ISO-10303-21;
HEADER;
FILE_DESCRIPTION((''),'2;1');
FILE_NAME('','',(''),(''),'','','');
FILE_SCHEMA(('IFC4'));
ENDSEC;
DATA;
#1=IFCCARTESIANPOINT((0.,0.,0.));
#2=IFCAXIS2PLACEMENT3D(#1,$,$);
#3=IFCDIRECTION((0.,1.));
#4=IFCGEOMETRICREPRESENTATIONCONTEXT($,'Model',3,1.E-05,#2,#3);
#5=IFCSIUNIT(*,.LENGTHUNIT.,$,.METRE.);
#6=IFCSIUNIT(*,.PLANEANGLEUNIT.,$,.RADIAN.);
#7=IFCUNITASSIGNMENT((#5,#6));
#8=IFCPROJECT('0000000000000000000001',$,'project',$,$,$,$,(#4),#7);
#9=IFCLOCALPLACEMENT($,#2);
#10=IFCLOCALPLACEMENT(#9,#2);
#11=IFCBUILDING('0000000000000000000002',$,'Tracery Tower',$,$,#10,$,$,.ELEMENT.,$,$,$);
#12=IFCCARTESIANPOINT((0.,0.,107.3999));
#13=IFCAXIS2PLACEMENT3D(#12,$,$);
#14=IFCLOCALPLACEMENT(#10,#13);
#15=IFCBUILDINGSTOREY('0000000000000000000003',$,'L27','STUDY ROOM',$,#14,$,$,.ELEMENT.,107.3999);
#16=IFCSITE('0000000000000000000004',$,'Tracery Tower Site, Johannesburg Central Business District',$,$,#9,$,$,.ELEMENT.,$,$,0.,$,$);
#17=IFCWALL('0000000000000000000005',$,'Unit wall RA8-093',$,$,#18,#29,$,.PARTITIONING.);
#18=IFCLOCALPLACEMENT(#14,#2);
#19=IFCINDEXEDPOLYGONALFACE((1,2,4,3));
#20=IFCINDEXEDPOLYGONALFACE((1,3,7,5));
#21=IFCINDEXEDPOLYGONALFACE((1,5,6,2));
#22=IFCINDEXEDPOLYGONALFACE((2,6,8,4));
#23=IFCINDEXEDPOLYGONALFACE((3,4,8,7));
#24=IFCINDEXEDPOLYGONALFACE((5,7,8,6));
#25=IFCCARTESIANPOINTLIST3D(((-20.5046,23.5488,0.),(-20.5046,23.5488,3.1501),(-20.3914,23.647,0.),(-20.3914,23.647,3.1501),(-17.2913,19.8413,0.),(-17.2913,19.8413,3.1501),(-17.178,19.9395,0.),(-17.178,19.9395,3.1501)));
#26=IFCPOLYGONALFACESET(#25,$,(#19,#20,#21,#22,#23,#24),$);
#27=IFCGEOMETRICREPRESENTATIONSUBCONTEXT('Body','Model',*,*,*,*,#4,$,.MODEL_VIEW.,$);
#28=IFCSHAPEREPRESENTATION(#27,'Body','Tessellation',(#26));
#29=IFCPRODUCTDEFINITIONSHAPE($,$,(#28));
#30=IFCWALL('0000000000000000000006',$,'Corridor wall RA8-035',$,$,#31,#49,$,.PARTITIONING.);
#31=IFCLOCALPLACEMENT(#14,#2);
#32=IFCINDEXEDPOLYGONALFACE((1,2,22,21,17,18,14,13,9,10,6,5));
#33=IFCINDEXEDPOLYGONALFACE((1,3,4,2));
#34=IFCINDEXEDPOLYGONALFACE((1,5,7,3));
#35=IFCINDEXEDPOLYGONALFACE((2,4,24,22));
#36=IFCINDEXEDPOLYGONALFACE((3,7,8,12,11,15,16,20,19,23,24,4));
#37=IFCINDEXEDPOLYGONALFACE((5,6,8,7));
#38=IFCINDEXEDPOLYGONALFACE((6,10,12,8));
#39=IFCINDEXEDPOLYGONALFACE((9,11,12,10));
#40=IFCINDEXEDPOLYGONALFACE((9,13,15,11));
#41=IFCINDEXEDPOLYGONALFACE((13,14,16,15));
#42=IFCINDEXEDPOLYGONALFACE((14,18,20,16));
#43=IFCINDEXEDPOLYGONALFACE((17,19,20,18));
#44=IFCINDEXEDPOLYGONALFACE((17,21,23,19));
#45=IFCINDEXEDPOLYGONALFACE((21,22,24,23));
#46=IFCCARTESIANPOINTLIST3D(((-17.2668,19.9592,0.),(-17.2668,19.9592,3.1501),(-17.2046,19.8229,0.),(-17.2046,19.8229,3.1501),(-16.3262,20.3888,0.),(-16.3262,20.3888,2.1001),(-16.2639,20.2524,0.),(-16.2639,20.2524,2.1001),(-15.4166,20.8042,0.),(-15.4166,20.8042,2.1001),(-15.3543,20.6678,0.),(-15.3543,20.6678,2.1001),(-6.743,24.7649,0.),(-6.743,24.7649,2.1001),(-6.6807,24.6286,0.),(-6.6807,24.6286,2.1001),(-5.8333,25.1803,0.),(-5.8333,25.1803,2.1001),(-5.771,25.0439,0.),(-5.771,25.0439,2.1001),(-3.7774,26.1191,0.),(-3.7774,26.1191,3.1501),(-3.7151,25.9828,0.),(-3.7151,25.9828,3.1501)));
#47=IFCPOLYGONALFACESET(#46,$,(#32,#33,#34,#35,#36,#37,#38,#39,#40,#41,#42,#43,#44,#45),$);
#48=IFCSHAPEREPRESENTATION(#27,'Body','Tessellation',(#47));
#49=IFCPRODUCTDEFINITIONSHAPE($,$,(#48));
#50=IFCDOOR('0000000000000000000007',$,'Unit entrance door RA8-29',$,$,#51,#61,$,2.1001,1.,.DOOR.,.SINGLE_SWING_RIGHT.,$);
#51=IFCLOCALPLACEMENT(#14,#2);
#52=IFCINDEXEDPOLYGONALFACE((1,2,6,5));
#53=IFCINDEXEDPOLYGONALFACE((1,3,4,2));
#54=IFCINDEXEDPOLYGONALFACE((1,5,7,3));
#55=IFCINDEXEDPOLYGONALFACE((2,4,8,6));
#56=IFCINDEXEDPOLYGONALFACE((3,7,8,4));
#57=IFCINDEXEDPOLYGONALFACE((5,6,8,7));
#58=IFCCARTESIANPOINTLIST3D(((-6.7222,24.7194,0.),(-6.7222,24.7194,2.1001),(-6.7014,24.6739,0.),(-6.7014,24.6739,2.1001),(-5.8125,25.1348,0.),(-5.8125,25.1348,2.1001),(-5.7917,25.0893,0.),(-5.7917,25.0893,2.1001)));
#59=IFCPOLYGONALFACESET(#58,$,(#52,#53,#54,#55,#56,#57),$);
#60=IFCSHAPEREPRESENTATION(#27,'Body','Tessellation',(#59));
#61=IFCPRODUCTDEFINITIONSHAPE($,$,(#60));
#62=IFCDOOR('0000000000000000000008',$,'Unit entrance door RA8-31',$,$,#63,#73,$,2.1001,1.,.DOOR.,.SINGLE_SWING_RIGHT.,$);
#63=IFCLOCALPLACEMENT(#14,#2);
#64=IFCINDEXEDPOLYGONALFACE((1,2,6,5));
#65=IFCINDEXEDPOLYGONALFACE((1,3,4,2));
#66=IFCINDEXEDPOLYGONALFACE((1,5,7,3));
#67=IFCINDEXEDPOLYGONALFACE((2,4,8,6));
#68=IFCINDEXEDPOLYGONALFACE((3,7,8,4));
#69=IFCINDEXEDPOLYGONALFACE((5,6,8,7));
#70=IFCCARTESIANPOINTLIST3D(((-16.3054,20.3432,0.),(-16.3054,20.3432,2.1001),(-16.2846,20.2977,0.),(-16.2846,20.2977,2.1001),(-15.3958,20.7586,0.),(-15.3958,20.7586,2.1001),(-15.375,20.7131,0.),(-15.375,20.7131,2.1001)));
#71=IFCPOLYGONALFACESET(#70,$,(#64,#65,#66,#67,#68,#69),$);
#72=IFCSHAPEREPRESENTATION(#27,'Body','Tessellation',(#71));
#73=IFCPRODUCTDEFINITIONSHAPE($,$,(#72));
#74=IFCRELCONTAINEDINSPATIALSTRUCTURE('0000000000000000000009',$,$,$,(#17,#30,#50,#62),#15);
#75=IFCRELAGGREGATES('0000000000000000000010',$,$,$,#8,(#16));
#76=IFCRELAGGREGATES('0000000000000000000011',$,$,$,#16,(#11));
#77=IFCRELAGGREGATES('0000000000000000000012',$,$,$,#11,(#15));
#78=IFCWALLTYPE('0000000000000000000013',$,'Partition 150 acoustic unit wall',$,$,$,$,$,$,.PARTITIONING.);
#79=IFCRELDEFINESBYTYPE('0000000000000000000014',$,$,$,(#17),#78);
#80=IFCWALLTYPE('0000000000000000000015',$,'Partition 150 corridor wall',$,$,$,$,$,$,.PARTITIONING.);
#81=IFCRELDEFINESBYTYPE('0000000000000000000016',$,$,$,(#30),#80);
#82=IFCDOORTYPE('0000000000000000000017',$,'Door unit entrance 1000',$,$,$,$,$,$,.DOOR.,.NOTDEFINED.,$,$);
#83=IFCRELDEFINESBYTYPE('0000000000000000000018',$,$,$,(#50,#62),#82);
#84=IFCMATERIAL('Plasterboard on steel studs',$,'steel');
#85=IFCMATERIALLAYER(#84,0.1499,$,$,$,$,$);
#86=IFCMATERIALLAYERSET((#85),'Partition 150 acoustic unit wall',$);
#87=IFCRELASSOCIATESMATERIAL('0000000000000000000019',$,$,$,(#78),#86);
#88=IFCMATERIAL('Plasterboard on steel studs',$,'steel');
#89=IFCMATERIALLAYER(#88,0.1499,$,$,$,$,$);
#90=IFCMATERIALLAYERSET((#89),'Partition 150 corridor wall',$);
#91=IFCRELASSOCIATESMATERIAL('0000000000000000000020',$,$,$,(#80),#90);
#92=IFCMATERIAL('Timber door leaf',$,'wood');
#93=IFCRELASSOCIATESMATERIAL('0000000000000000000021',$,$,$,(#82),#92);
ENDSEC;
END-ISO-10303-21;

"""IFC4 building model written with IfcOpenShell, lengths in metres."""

from ifc_helpers import new_model, si_unit, direction, frame, frame_2d, origin, place, context, subcontext, project, spatial, rectangle, extrude, material, layer, layer_set, type_object, element, fill, save


model = new_model("IFC4")

# Units and contexts
model_context = context("Model", 3, precision=1e-05, world=origin(), true_north=direction((0.0, 1.0)))
body_context = subcontext(model_context, "Body", "Model", "MODEL_VIEW")
ifc_project = project(units=[si_unit("LENGTHUNIT", "METRE"), si_unit("PLANEANGLEUNIT", "RADIAN")], contexts=[model_context])

# Site, building, storey
site_placement = place(None, origin())
site = spatial("IfcSite", under=ifc_project, at=site_placement, Name="Tracery Tower Site, Johannesburg Central Business District", CompositionType="ELEMENT", RefElevation=0.0)
building_placement = place(site_placement, origin())
building = spatial("IfcBuilding", under=site, at=building_placement, Name="Tracery Tower", CompositionType="ELEMENT")
storey_placement = place(building_placement, frame((0.0, 0.0, 107.3999)))
storey = spatial("IfcBuildingStorey", under=building, at=storey_placement, Name="L27", Description="STUDY ROOM", CompositionType="ELEMENT", Elevation=107.3999)

# Wall
ifc_material_1 = material(Name="Plasterboard on steel studs", Category="steel")
ifc_layer_1 = layer(ifc_material_1, 0.1499)
ifc_layer_set_1 = layer_set([ifc_layer_1], Name="Partition 150 acoustic unit wall")
wall_type_1 = type_object("IfcWallType", Name="Partition 150 acoustic unit wall", PredefinedType="PARTITIONING", material=ifc_layer_set_1)
wall_1_placement = place(storey_placement, frame((-20.448, 23.5979, 0.0), z_axis=(0.0, 0.0, 1.0), x_axis=(0.654953, -0.755669, 0.0)))
element("IfcWall", 1, at=wall_1_placement, inside=storey, type_object=wall_type_1, Name="Unit wall RA8-093", PredefinedType="PARTITIONING", context=body_context, shape_type="SweptSolid", body=[
    extrude(rectangle(XDim=4.9062, YDim=0.1499, at=frame_2d((2.4531, 0.0))), origin(), (0.0, 0.0, 1.0), 3.1501),
])

# Wall, openings, doors
ifc_material_2 = material(Name="Plasterboard on steel studs", Category="steel")
ifc_layer_2 = layer(ifc_material_2, 0.1499)
ifc_layer_set_2 = layer_set([ifc_layer_2], Name="Partition 150 corridor wall")
wall_type_2 = type_object("IfcWallType", Name="Partition 150 corridor wall", PredefinedType="PARTITIONING", material=ifc_layer_set_2)
wall_2_placement = place(storey_placement, frame((-17.2356, 19.8911, 0.0), z_axis=(0.0, 0.0, 1.0), x_axis=(0.909646, 0.415385, 0.0)))
wall_2 = element("IfcWall", 2, at=wall_2_placement, inside=storey, type_object=wall_type_2, Name="Corridor wall RA8-035", PredefinedType="PARTITIONING", context=body_context, shape_type="SweptSolid", body=[
    extrude(rectangle(XDim=14.8293, YDim=0.1499, at=frame_2d((7.4146, 0.0))), origin(), (0.0, 0.0, 1.0), 3.1501),
])
opening_1_placement = place(wall_2_placement, frame((11.5691, 0.0, 0.0)))
opening_1 = element("IfcOpeningElement", 3, at=opening_1_placement, cuts=wall_2, PredefinedType="OPENING", context=body_context, shape_type="SweptSolid", body=[
    extrude(rectangle(XDim=1.0, YDim=2.1001, at=frame_2d((0.5, 1.05))), frame((0.0, 0.075, 0.0), z_axis=(0.0, -1.0, 0.0), x_axis=(1.0, 0.0, 0.0)), (0.0, 0.0, 1.0), 0.1499),
])
opening_2_placement = place(wall_2_placement, frame((1.0339, 0.0, 0.0)))
opening_2 = element("IfcOpeningElement", 4, at=opening_2_placement, cuts=wall_2, PredefinedType="OPENING", context=body_context, shape_type="SweptSolid", body=[
    extrude(rectangle(XDim=1.0, YDim=2.1001, at=frame_2d((0.5, 1.05))), frame((0.0, 0.075, 0.0), z_axis=(0.0, -1.0, 0.0), x_axis=(1.0, 0.0, 0.0)), (0.0, 0.0, 1.0), 0.1499),
])
ifc_material_3 = material(Name="Timber door leaf", Category="wood")
door_type_1 = type_object("IfcDoorType", Name="Door unit entrance 1000", OperationType="NOTDEFINED", PredefinedType="DOOR", material=ifc_material_3)
door_1_placement = place(opening_1_placement, origin())
door_1 = element("IfcDoor", 5, at=door_1_placement, inside=storey, type_object=door_type_1, Name="Unit entrance door RA8-29", OperationType="SINGLE_SWING_RIGHT", OverallHeight=2.1001, OverallWidth=1.0, PredefinedType="DOOR", context=body_context, shape_type="SweptSolid", body=[
    extrude(rectangle(XDim=1.0, YDim=2.1001, at=frame_2d((0.5, 1.05))), frame((0.0, 0.0249, 0.0), z_axis=(0.0, -1.0, 0.0), x_axis=(1.0, 0.0, 0.0)), (0.0, 0.0, 1.0), 0.05),
])
fill(opening_1, door_1)
door_2_placement = place(opening_2_placement, origin())
door_2 = element("IfcDoor", 6, at=door_2_placement, inside=storey, type_object=door_type_1, Name="Unit entrance door RA8-31", OperationType="SINGLE_SWING_RIGHT", OverallHeight=2.1001, OverallWidth=1.0, PredefinedType="DOOR", context=body_context, shape_type="SweptSolid", body=[
    extrude(rectangle(XDim=1.0, YDim=2.1001, at=frame_2d((0.5, 1.05))), frame((0.0, 0.0249, 0.0), z_axis=(0.0, -1.0, 0.0), x_axis=(1.0, 0.0, 0.0)), (0.0, 0.0, 1.0), 0.05),
])
fill(opening_2, door_2)

save(model, "model.ifc")
